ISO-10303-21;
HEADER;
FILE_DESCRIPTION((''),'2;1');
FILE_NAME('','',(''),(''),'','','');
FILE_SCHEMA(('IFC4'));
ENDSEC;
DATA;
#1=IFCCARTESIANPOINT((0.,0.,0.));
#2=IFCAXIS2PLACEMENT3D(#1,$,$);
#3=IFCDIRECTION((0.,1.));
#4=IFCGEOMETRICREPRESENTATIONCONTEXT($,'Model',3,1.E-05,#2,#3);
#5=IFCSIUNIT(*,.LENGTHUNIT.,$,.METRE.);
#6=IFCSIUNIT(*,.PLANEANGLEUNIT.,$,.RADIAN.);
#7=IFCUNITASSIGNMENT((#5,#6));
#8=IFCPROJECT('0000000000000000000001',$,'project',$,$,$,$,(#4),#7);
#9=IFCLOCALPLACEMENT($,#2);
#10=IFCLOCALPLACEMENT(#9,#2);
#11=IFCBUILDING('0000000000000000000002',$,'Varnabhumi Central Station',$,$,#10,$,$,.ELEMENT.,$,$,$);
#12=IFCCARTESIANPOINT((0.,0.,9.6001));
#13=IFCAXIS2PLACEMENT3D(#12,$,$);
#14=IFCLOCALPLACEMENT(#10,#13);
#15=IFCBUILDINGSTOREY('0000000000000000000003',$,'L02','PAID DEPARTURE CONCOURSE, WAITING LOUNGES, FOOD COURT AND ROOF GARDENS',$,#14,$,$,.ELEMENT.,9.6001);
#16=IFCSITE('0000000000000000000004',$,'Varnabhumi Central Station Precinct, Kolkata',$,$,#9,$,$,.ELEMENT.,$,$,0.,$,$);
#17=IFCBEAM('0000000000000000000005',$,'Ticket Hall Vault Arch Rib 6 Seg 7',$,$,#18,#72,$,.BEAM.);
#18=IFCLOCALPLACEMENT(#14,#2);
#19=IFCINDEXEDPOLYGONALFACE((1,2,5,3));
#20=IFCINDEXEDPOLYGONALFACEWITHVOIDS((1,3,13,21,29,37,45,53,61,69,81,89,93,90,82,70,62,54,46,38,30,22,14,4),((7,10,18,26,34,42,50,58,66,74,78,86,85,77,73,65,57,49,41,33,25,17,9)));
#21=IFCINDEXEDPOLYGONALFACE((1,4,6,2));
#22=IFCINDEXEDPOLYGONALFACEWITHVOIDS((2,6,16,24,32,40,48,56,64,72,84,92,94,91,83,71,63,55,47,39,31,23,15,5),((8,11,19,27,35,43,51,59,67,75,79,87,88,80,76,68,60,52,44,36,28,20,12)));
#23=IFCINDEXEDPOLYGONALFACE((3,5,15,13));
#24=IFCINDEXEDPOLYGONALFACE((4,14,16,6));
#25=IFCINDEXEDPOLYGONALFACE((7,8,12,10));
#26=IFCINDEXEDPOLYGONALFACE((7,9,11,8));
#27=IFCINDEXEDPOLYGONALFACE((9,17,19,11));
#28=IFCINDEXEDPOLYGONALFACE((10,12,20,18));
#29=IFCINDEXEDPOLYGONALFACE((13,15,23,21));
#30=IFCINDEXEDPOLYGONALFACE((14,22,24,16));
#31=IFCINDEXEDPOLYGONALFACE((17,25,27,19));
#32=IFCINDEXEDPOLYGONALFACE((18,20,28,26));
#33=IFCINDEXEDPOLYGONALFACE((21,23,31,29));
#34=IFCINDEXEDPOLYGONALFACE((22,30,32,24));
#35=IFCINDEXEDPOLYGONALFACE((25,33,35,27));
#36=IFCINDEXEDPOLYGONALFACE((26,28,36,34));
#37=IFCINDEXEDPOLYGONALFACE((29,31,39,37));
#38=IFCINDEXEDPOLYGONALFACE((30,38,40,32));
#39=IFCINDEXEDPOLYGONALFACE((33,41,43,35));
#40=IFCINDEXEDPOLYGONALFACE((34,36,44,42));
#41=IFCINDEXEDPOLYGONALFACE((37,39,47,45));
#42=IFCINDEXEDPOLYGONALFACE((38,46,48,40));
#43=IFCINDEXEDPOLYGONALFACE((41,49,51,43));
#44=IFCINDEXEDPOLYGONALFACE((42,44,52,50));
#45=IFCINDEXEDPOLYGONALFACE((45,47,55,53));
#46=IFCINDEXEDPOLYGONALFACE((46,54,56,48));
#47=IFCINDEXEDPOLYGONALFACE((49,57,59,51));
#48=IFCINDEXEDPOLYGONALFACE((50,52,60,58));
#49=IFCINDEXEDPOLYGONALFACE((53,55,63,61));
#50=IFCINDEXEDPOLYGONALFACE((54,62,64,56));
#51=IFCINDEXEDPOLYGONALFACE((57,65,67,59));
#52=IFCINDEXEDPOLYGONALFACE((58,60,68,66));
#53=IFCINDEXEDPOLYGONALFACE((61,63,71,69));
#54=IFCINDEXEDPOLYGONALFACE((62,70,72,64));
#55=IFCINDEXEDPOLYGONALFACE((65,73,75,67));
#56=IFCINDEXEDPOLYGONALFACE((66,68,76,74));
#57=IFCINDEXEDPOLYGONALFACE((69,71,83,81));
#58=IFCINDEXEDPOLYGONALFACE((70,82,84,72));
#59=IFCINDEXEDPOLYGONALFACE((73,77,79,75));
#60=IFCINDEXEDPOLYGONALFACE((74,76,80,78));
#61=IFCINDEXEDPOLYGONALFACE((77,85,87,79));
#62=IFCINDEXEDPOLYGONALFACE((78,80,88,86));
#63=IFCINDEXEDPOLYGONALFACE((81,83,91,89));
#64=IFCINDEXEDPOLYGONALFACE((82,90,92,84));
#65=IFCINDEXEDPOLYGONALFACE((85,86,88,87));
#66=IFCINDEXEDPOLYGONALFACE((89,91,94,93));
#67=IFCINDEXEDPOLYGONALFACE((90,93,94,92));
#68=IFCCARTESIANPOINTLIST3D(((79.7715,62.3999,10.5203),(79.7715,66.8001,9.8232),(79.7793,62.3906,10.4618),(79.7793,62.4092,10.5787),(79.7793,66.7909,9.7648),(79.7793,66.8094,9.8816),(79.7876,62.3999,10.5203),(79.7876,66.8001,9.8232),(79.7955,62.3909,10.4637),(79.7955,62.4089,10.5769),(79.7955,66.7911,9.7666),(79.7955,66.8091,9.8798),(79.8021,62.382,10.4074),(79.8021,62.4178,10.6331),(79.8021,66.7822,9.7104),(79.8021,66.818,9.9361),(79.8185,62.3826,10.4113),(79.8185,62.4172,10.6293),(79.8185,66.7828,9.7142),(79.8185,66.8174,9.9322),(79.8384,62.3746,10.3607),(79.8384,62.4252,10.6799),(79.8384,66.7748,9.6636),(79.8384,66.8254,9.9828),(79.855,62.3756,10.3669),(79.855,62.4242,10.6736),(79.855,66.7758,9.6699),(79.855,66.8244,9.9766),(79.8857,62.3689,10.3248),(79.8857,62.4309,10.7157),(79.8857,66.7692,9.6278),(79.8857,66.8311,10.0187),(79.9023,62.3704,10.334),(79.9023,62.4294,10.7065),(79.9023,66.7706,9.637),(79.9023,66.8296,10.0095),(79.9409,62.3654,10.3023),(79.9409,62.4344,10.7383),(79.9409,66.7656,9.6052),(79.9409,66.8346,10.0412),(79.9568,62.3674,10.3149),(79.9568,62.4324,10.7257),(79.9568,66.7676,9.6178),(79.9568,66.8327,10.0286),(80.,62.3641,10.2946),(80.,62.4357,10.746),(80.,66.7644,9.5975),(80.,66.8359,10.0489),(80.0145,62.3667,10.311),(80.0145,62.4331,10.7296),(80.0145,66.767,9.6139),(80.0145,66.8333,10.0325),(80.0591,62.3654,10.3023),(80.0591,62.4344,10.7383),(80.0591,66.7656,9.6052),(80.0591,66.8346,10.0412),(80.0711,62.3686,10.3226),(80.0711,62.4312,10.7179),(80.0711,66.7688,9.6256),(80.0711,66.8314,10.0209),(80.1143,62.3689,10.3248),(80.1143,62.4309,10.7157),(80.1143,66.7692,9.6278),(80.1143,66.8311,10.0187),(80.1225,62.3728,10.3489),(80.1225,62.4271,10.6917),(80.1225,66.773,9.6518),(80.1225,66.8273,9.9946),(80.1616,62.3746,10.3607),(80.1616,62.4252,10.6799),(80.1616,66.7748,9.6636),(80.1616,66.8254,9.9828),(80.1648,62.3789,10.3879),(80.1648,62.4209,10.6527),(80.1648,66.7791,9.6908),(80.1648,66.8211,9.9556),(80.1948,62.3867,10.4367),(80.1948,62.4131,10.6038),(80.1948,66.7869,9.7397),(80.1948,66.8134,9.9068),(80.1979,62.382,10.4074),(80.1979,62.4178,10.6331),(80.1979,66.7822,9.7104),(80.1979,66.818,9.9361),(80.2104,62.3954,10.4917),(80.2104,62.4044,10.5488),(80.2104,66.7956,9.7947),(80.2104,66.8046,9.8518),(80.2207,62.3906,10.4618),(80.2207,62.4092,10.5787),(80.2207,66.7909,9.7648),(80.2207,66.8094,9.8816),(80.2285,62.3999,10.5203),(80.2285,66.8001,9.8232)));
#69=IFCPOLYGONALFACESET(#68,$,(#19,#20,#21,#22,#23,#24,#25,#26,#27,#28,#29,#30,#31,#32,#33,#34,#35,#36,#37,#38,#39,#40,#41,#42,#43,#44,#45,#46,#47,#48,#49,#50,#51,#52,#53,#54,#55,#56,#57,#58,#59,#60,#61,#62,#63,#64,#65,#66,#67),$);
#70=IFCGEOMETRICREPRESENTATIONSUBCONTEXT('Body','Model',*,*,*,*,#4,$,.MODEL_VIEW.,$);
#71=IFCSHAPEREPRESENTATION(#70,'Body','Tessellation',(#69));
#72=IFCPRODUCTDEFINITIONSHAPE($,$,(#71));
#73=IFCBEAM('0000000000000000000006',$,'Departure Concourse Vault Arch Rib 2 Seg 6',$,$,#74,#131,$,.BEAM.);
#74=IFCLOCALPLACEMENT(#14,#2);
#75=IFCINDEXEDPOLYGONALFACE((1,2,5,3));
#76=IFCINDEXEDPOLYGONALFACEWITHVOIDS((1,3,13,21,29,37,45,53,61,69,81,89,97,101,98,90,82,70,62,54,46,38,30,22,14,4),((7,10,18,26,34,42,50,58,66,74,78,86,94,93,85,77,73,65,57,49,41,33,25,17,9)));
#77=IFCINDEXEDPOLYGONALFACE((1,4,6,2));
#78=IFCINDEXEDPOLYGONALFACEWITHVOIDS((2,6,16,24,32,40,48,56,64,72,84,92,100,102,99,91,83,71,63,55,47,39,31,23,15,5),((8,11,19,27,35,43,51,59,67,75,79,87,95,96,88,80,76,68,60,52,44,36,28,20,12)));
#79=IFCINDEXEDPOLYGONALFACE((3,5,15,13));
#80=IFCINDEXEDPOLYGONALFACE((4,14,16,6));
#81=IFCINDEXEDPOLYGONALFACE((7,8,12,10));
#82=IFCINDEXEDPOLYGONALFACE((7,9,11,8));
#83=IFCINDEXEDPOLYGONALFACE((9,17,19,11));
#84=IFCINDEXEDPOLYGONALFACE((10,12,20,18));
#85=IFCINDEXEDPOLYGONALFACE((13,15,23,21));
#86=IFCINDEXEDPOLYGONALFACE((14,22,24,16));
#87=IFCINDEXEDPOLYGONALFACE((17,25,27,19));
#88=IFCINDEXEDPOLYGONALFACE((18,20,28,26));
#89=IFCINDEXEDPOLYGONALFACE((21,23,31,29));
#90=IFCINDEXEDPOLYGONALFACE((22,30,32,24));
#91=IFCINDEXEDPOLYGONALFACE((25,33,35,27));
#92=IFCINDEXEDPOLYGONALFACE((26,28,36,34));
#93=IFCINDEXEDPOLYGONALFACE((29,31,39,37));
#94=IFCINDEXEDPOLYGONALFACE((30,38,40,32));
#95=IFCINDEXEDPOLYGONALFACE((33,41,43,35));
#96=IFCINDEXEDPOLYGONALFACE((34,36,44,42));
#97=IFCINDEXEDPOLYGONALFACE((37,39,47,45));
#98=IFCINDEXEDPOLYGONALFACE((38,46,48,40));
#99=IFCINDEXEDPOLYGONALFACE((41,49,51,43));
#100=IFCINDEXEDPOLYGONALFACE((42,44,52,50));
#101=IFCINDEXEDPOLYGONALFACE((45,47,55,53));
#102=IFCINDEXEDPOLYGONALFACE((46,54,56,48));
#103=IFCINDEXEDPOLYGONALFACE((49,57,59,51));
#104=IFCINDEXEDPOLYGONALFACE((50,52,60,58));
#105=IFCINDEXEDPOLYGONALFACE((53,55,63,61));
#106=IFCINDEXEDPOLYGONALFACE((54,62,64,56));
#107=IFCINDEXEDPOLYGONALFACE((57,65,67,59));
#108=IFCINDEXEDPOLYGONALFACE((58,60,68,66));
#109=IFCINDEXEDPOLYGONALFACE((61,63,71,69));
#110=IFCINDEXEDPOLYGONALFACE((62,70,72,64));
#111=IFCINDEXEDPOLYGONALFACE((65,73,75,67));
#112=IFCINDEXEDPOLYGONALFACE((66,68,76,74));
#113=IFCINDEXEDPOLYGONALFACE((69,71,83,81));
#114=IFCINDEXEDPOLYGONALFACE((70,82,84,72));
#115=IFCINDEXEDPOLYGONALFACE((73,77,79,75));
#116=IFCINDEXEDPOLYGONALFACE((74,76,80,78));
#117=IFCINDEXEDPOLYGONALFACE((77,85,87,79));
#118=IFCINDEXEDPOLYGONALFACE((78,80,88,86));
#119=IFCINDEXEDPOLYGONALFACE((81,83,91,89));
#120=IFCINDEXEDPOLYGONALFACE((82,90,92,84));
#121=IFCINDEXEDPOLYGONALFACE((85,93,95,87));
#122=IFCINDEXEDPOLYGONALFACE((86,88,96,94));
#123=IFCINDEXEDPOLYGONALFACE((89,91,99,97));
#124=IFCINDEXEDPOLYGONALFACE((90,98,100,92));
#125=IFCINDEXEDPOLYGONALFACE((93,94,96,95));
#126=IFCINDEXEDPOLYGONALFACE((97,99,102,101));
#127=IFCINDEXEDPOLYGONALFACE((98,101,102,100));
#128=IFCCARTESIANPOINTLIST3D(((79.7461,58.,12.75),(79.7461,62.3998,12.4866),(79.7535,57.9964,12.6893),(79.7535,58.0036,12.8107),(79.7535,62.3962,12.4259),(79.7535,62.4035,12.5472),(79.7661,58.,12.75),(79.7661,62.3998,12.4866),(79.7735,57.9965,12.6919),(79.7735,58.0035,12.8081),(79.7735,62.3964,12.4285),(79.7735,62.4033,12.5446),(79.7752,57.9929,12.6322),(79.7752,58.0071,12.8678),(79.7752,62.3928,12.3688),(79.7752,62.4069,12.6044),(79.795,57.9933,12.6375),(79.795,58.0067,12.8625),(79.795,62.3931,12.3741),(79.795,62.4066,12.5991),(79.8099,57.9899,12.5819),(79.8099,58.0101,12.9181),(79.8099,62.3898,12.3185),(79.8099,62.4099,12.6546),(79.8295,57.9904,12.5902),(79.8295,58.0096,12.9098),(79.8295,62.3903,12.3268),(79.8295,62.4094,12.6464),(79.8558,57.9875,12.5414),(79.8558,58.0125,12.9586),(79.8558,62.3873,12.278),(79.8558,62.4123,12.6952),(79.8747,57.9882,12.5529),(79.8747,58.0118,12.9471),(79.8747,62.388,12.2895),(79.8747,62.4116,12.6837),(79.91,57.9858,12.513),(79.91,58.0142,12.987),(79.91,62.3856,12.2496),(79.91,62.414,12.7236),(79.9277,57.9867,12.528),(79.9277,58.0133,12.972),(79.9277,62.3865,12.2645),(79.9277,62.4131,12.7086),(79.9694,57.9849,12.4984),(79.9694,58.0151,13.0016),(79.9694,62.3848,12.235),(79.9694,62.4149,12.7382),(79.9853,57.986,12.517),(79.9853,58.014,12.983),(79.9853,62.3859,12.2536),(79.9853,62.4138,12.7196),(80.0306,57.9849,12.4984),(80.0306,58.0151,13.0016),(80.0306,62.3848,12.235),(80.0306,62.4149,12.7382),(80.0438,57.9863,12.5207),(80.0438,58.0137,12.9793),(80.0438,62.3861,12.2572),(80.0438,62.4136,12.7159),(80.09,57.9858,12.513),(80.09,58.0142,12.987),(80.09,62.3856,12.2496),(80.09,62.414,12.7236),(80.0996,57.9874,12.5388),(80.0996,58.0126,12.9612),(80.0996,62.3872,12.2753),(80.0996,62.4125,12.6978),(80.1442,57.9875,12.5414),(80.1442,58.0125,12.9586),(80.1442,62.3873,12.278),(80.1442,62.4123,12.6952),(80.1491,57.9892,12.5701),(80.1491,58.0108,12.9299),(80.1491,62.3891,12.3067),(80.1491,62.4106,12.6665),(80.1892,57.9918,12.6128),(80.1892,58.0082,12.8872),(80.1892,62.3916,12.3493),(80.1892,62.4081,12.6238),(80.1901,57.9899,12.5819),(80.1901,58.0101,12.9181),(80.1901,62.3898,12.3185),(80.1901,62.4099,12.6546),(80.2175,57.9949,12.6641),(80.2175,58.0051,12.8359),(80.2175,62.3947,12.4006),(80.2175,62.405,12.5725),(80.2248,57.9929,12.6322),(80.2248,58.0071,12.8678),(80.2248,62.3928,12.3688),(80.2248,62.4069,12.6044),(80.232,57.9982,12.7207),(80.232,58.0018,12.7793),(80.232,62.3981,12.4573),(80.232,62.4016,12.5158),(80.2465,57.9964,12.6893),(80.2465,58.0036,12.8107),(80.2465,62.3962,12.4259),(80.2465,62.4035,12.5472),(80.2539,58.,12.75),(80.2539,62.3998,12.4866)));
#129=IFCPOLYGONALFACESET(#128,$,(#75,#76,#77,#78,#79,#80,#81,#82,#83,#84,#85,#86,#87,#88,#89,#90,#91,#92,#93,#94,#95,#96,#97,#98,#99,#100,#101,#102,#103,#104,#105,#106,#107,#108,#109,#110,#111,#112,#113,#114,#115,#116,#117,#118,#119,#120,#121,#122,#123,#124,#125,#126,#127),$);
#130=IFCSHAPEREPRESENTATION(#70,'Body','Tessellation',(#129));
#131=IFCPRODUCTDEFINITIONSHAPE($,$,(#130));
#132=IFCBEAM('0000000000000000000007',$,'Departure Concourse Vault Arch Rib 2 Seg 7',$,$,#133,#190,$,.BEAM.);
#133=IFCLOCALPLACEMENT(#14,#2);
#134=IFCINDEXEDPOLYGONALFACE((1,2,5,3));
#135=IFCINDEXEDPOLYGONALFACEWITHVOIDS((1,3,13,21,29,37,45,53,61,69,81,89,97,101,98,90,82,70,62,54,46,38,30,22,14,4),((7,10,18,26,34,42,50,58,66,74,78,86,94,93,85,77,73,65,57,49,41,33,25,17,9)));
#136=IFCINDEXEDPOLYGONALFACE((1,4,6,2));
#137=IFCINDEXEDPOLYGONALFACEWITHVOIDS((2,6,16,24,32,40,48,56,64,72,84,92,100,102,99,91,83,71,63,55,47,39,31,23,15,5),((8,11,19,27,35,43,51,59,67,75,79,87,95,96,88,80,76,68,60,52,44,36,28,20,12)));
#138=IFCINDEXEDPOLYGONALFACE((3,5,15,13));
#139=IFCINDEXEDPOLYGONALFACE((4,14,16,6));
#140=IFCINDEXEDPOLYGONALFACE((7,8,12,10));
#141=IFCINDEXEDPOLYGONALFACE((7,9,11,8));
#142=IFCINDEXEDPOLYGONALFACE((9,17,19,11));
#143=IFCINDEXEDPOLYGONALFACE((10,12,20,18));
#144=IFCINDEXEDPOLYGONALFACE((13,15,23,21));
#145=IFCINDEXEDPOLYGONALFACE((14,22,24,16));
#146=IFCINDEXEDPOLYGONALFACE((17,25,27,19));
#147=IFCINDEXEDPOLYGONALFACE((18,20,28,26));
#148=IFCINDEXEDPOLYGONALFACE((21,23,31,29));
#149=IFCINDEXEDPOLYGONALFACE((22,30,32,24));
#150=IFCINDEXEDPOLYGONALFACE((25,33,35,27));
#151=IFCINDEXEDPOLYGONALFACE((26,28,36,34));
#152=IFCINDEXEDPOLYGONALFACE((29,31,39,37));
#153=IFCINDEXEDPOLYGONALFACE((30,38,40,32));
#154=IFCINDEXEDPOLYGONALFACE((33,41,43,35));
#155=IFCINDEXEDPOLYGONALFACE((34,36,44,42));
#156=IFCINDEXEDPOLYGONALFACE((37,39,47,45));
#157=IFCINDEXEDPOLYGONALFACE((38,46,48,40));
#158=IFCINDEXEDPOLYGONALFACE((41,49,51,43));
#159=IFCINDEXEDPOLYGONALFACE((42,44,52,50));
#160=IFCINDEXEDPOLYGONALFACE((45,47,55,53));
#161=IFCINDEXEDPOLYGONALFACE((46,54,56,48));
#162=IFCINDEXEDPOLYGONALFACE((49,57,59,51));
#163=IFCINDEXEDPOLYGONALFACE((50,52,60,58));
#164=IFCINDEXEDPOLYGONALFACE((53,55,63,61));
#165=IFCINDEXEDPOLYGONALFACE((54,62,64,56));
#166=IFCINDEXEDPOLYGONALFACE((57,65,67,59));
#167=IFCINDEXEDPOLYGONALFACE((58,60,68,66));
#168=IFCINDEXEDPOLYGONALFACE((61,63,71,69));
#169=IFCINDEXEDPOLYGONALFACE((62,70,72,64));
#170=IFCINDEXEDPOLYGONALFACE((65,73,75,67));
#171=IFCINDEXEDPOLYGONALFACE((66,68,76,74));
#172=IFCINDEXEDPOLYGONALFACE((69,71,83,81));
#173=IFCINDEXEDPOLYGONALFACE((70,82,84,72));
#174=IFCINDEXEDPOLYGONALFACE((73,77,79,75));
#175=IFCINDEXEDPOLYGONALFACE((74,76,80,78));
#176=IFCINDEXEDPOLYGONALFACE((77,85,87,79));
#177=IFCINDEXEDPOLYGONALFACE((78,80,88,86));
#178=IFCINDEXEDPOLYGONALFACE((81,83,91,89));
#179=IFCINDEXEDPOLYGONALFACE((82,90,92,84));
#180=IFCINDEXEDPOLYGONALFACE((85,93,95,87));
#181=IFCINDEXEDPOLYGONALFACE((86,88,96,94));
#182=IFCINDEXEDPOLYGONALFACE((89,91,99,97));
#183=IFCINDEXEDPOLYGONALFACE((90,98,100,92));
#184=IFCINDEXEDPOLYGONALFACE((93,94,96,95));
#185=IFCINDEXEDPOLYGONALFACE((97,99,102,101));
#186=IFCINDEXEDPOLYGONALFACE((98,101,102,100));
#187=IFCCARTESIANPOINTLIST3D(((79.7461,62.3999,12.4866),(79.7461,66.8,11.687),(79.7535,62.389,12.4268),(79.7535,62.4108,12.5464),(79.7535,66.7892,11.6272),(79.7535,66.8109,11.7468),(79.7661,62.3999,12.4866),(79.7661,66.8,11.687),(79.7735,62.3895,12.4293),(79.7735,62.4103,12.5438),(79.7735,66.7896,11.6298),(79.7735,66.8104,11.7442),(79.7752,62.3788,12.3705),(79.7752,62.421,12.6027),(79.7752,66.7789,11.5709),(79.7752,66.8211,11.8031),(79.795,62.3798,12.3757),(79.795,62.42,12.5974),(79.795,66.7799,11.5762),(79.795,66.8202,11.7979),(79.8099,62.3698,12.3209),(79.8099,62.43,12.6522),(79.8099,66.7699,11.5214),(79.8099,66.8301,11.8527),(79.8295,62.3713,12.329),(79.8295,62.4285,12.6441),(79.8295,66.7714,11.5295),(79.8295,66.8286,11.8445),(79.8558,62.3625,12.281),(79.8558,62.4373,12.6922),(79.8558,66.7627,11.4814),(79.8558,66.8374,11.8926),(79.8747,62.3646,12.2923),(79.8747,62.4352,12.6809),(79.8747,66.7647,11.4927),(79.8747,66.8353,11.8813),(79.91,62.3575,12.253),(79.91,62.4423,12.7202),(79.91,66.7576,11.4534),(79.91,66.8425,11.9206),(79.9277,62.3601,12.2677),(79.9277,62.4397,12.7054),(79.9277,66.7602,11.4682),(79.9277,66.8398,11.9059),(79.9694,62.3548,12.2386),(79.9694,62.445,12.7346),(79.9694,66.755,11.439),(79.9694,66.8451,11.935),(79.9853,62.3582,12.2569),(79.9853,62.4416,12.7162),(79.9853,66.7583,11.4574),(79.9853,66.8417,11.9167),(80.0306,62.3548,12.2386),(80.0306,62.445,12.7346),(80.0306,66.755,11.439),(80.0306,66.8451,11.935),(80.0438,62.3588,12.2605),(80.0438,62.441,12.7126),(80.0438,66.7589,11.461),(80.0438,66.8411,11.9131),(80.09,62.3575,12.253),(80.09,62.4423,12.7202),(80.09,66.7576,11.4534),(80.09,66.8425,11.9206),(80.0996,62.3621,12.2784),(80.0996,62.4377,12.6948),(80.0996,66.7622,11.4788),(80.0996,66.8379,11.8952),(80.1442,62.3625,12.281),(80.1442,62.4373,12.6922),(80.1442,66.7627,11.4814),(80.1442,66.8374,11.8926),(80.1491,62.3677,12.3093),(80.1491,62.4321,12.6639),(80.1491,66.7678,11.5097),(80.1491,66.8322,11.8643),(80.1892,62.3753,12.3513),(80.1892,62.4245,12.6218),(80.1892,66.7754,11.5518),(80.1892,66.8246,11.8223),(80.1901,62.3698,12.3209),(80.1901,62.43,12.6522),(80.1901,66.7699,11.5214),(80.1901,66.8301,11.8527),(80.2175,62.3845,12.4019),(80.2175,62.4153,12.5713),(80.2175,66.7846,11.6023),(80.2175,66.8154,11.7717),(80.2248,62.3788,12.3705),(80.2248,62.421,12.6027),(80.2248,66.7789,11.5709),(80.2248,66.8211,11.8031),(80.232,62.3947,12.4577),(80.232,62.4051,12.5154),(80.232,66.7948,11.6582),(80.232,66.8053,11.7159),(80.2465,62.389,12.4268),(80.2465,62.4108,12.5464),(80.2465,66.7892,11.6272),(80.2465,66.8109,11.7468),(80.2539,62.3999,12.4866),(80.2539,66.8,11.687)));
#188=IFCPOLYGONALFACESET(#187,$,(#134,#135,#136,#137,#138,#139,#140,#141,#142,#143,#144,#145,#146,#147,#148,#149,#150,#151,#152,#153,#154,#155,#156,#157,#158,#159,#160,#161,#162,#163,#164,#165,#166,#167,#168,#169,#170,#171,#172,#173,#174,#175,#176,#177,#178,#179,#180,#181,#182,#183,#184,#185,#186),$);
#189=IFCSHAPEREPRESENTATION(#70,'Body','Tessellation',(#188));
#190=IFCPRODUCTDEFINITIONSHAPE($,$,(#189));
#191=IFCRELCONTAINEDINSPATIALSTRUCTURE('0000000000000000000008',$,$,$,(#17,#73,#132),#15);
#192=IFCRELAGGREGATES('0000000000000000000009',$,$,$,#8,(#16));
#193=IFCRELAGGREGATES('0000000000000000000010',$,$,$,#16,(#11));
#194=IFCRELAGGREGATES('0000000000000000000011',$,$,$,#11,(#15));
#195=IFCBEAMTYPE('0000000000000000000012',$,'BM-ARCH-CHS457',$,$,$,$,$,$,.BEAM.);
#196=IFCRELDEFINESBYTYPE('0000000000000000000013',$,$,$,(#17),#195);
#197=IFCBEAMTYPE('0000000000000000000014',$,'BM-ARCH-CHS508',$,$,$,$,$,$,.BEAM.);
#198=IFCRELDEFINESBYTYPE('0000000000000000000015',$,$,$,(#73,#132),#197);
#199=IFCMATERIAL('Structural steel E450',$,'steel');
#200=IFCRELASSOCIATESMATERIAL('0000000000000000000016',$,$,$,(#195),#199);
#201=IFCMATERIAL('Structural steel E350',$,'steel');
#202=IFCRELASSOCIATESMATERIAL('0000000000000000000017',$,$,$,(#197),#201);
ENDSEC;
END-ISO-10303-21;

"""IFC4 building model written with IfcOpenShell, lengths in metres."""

from ifc_helpers import new_model, si_unit, direction, frame, origin, origin_2d, place, context, subcontext, project, spatial, hollow_circle, extrude, material, material_profile, profile_set, type_object, element, save


model = new_model("IFC4")

# Units and contexts
model_context = context("Model", 3, precision=1e-05, world=origin(), true_north=direction((0.0, 1.0)))
body_context = subcontext(model_context, "Body", "Model", "MODEL_VIEW")
ifc_project = project(units=[si_unit("LENGTHUNIT", "METRE"), si_unit("PLANEANGLEUNIT", "RADIAN")], contexts=[model_context])

# Site, building, storey
site_placement = place(None, origin())
site = spatial("IfcSite", under=ifc_project, at=site_placement, Name="Varnabhumi Central Station Precinct, Kolkata", CompositionType="ELEMENT", RefElevation=0.0)
building_placement = place(site_placement, origin())
building = spatial("IfcBuilding", under=site, at=building_placement, Name="Varnabhumi Central Station", CompositionType="ELEMENT")
storey_placement = place(building_placement, frame((0.0, 0.0, 9.6001)))
storey = spatial("IfcBuildingStorey", under=building, at=storey_placement, Name="L02", Description="PAID DEPARTURE CONCOURSE, WAITING LOUNGES, FOOD COURT AND ROOF GARDENS", CompositionType="ELEMENT", Elevation=9.6001)

# Beams
ifc_material_1 = material(Name="Structural steel E450", Category="steel")
ifc_material_profile_1 = material_profile(ifc_material_1, hollow_circle(Radius=0.2285, WallThickness=0.0161, at=origin_2d()), Name="Structural steel E450", Category="steel")
ifc_profile_set_1 = profile_set([ifc_material_profile_1], Name="Structural steel E450")
beam_type_1 = type_object("IfcBeamType", Name="BM-ARCH-CHS457", PredefinedType="BEAM", material=ifc_profile_set_1)
beam_1_placement = place(storey_placement, frame((80.0, 62.3999, 10.5203), z_axis=(0.0, 0.987685, -0.156458), x_axis=(-1.0, 0.0, 0.0)))
element("IfcBeam", 1, at=beam_1_placement, inside=storey, type_object=beam_type_1, Name="Ticket Hall Vault Arch Rib 6 Seg 7", PredefinedType="BEAM", context=body_context, shape_type="SweptSolid", body=[
    extrude(hollow_circle(Radius=0.2285, WallThickness=0.0161, at=origin_2d()), origin(), (0.0, 0.0, 1.0), 4.4551),
])
ifc_material_2 = material(Name="Structural steel E350", Category="steel")
ifc_material_profile_2 = material_profile(ifc_material_2, hollow_circle(Radius=0.2539, WallThickness=0.02, at=origin_2d()), Name="Structural steel E350", Category="steel")
ifc_profile_set_2 = profile_set([ifc_material_profile_2], Name="Structural steel E350")
beam_type_2 = type_object("IfcBeamType", Name="BM-ARCH-CHS508", PredefinedType="BEAM", material=ifc_profile_set_2)
beam_2_placement = place(storey_placement, frame((80.0, 58.0, 12.75), z_axis=(0.0, 0.998213, -0.059764), x_axis=(-1.0, 0.0, 0.0)))
element("IfcBeam", 2, at=beam_2_placement, inside=storey, type_object=beam_type_2, Name="Departure Concourse Vault Arch Rib 2 Seg 6", PredefinedType="BEAM", context=body_context, shape_type="SweptSolid", body=[
    extrude(hollow_circle(Radius=0.2539, WallThickness=0.02, at=origin_2d()), origin(), (0.0, 0.0, 1.0), 4.4077),
])
beam_3_placement = place(storey_placement, frame((80.0, 62.3999, 12.4866), z_axis=(0.0, 0.983888, -0.178785), x_axis=(-1.0, 0.0, 0.0)))
element("IfcBeam", 3, at=beam_3_placement, inside=storey, type_object=beam_type_2, Name="Departure Concourse Vault Arch Rib 2 Seg 7", PredefinedType="BEAM", context=body_context, shape_type="SweptSolid", body=[
    extrude(hollow_circle(Radius=0.2539, WallThickness=0.02, at=origin_2d()), origin(), (0.0, 0.0, 1.0), 4.4722),
])

save(model, "model.ifc")
